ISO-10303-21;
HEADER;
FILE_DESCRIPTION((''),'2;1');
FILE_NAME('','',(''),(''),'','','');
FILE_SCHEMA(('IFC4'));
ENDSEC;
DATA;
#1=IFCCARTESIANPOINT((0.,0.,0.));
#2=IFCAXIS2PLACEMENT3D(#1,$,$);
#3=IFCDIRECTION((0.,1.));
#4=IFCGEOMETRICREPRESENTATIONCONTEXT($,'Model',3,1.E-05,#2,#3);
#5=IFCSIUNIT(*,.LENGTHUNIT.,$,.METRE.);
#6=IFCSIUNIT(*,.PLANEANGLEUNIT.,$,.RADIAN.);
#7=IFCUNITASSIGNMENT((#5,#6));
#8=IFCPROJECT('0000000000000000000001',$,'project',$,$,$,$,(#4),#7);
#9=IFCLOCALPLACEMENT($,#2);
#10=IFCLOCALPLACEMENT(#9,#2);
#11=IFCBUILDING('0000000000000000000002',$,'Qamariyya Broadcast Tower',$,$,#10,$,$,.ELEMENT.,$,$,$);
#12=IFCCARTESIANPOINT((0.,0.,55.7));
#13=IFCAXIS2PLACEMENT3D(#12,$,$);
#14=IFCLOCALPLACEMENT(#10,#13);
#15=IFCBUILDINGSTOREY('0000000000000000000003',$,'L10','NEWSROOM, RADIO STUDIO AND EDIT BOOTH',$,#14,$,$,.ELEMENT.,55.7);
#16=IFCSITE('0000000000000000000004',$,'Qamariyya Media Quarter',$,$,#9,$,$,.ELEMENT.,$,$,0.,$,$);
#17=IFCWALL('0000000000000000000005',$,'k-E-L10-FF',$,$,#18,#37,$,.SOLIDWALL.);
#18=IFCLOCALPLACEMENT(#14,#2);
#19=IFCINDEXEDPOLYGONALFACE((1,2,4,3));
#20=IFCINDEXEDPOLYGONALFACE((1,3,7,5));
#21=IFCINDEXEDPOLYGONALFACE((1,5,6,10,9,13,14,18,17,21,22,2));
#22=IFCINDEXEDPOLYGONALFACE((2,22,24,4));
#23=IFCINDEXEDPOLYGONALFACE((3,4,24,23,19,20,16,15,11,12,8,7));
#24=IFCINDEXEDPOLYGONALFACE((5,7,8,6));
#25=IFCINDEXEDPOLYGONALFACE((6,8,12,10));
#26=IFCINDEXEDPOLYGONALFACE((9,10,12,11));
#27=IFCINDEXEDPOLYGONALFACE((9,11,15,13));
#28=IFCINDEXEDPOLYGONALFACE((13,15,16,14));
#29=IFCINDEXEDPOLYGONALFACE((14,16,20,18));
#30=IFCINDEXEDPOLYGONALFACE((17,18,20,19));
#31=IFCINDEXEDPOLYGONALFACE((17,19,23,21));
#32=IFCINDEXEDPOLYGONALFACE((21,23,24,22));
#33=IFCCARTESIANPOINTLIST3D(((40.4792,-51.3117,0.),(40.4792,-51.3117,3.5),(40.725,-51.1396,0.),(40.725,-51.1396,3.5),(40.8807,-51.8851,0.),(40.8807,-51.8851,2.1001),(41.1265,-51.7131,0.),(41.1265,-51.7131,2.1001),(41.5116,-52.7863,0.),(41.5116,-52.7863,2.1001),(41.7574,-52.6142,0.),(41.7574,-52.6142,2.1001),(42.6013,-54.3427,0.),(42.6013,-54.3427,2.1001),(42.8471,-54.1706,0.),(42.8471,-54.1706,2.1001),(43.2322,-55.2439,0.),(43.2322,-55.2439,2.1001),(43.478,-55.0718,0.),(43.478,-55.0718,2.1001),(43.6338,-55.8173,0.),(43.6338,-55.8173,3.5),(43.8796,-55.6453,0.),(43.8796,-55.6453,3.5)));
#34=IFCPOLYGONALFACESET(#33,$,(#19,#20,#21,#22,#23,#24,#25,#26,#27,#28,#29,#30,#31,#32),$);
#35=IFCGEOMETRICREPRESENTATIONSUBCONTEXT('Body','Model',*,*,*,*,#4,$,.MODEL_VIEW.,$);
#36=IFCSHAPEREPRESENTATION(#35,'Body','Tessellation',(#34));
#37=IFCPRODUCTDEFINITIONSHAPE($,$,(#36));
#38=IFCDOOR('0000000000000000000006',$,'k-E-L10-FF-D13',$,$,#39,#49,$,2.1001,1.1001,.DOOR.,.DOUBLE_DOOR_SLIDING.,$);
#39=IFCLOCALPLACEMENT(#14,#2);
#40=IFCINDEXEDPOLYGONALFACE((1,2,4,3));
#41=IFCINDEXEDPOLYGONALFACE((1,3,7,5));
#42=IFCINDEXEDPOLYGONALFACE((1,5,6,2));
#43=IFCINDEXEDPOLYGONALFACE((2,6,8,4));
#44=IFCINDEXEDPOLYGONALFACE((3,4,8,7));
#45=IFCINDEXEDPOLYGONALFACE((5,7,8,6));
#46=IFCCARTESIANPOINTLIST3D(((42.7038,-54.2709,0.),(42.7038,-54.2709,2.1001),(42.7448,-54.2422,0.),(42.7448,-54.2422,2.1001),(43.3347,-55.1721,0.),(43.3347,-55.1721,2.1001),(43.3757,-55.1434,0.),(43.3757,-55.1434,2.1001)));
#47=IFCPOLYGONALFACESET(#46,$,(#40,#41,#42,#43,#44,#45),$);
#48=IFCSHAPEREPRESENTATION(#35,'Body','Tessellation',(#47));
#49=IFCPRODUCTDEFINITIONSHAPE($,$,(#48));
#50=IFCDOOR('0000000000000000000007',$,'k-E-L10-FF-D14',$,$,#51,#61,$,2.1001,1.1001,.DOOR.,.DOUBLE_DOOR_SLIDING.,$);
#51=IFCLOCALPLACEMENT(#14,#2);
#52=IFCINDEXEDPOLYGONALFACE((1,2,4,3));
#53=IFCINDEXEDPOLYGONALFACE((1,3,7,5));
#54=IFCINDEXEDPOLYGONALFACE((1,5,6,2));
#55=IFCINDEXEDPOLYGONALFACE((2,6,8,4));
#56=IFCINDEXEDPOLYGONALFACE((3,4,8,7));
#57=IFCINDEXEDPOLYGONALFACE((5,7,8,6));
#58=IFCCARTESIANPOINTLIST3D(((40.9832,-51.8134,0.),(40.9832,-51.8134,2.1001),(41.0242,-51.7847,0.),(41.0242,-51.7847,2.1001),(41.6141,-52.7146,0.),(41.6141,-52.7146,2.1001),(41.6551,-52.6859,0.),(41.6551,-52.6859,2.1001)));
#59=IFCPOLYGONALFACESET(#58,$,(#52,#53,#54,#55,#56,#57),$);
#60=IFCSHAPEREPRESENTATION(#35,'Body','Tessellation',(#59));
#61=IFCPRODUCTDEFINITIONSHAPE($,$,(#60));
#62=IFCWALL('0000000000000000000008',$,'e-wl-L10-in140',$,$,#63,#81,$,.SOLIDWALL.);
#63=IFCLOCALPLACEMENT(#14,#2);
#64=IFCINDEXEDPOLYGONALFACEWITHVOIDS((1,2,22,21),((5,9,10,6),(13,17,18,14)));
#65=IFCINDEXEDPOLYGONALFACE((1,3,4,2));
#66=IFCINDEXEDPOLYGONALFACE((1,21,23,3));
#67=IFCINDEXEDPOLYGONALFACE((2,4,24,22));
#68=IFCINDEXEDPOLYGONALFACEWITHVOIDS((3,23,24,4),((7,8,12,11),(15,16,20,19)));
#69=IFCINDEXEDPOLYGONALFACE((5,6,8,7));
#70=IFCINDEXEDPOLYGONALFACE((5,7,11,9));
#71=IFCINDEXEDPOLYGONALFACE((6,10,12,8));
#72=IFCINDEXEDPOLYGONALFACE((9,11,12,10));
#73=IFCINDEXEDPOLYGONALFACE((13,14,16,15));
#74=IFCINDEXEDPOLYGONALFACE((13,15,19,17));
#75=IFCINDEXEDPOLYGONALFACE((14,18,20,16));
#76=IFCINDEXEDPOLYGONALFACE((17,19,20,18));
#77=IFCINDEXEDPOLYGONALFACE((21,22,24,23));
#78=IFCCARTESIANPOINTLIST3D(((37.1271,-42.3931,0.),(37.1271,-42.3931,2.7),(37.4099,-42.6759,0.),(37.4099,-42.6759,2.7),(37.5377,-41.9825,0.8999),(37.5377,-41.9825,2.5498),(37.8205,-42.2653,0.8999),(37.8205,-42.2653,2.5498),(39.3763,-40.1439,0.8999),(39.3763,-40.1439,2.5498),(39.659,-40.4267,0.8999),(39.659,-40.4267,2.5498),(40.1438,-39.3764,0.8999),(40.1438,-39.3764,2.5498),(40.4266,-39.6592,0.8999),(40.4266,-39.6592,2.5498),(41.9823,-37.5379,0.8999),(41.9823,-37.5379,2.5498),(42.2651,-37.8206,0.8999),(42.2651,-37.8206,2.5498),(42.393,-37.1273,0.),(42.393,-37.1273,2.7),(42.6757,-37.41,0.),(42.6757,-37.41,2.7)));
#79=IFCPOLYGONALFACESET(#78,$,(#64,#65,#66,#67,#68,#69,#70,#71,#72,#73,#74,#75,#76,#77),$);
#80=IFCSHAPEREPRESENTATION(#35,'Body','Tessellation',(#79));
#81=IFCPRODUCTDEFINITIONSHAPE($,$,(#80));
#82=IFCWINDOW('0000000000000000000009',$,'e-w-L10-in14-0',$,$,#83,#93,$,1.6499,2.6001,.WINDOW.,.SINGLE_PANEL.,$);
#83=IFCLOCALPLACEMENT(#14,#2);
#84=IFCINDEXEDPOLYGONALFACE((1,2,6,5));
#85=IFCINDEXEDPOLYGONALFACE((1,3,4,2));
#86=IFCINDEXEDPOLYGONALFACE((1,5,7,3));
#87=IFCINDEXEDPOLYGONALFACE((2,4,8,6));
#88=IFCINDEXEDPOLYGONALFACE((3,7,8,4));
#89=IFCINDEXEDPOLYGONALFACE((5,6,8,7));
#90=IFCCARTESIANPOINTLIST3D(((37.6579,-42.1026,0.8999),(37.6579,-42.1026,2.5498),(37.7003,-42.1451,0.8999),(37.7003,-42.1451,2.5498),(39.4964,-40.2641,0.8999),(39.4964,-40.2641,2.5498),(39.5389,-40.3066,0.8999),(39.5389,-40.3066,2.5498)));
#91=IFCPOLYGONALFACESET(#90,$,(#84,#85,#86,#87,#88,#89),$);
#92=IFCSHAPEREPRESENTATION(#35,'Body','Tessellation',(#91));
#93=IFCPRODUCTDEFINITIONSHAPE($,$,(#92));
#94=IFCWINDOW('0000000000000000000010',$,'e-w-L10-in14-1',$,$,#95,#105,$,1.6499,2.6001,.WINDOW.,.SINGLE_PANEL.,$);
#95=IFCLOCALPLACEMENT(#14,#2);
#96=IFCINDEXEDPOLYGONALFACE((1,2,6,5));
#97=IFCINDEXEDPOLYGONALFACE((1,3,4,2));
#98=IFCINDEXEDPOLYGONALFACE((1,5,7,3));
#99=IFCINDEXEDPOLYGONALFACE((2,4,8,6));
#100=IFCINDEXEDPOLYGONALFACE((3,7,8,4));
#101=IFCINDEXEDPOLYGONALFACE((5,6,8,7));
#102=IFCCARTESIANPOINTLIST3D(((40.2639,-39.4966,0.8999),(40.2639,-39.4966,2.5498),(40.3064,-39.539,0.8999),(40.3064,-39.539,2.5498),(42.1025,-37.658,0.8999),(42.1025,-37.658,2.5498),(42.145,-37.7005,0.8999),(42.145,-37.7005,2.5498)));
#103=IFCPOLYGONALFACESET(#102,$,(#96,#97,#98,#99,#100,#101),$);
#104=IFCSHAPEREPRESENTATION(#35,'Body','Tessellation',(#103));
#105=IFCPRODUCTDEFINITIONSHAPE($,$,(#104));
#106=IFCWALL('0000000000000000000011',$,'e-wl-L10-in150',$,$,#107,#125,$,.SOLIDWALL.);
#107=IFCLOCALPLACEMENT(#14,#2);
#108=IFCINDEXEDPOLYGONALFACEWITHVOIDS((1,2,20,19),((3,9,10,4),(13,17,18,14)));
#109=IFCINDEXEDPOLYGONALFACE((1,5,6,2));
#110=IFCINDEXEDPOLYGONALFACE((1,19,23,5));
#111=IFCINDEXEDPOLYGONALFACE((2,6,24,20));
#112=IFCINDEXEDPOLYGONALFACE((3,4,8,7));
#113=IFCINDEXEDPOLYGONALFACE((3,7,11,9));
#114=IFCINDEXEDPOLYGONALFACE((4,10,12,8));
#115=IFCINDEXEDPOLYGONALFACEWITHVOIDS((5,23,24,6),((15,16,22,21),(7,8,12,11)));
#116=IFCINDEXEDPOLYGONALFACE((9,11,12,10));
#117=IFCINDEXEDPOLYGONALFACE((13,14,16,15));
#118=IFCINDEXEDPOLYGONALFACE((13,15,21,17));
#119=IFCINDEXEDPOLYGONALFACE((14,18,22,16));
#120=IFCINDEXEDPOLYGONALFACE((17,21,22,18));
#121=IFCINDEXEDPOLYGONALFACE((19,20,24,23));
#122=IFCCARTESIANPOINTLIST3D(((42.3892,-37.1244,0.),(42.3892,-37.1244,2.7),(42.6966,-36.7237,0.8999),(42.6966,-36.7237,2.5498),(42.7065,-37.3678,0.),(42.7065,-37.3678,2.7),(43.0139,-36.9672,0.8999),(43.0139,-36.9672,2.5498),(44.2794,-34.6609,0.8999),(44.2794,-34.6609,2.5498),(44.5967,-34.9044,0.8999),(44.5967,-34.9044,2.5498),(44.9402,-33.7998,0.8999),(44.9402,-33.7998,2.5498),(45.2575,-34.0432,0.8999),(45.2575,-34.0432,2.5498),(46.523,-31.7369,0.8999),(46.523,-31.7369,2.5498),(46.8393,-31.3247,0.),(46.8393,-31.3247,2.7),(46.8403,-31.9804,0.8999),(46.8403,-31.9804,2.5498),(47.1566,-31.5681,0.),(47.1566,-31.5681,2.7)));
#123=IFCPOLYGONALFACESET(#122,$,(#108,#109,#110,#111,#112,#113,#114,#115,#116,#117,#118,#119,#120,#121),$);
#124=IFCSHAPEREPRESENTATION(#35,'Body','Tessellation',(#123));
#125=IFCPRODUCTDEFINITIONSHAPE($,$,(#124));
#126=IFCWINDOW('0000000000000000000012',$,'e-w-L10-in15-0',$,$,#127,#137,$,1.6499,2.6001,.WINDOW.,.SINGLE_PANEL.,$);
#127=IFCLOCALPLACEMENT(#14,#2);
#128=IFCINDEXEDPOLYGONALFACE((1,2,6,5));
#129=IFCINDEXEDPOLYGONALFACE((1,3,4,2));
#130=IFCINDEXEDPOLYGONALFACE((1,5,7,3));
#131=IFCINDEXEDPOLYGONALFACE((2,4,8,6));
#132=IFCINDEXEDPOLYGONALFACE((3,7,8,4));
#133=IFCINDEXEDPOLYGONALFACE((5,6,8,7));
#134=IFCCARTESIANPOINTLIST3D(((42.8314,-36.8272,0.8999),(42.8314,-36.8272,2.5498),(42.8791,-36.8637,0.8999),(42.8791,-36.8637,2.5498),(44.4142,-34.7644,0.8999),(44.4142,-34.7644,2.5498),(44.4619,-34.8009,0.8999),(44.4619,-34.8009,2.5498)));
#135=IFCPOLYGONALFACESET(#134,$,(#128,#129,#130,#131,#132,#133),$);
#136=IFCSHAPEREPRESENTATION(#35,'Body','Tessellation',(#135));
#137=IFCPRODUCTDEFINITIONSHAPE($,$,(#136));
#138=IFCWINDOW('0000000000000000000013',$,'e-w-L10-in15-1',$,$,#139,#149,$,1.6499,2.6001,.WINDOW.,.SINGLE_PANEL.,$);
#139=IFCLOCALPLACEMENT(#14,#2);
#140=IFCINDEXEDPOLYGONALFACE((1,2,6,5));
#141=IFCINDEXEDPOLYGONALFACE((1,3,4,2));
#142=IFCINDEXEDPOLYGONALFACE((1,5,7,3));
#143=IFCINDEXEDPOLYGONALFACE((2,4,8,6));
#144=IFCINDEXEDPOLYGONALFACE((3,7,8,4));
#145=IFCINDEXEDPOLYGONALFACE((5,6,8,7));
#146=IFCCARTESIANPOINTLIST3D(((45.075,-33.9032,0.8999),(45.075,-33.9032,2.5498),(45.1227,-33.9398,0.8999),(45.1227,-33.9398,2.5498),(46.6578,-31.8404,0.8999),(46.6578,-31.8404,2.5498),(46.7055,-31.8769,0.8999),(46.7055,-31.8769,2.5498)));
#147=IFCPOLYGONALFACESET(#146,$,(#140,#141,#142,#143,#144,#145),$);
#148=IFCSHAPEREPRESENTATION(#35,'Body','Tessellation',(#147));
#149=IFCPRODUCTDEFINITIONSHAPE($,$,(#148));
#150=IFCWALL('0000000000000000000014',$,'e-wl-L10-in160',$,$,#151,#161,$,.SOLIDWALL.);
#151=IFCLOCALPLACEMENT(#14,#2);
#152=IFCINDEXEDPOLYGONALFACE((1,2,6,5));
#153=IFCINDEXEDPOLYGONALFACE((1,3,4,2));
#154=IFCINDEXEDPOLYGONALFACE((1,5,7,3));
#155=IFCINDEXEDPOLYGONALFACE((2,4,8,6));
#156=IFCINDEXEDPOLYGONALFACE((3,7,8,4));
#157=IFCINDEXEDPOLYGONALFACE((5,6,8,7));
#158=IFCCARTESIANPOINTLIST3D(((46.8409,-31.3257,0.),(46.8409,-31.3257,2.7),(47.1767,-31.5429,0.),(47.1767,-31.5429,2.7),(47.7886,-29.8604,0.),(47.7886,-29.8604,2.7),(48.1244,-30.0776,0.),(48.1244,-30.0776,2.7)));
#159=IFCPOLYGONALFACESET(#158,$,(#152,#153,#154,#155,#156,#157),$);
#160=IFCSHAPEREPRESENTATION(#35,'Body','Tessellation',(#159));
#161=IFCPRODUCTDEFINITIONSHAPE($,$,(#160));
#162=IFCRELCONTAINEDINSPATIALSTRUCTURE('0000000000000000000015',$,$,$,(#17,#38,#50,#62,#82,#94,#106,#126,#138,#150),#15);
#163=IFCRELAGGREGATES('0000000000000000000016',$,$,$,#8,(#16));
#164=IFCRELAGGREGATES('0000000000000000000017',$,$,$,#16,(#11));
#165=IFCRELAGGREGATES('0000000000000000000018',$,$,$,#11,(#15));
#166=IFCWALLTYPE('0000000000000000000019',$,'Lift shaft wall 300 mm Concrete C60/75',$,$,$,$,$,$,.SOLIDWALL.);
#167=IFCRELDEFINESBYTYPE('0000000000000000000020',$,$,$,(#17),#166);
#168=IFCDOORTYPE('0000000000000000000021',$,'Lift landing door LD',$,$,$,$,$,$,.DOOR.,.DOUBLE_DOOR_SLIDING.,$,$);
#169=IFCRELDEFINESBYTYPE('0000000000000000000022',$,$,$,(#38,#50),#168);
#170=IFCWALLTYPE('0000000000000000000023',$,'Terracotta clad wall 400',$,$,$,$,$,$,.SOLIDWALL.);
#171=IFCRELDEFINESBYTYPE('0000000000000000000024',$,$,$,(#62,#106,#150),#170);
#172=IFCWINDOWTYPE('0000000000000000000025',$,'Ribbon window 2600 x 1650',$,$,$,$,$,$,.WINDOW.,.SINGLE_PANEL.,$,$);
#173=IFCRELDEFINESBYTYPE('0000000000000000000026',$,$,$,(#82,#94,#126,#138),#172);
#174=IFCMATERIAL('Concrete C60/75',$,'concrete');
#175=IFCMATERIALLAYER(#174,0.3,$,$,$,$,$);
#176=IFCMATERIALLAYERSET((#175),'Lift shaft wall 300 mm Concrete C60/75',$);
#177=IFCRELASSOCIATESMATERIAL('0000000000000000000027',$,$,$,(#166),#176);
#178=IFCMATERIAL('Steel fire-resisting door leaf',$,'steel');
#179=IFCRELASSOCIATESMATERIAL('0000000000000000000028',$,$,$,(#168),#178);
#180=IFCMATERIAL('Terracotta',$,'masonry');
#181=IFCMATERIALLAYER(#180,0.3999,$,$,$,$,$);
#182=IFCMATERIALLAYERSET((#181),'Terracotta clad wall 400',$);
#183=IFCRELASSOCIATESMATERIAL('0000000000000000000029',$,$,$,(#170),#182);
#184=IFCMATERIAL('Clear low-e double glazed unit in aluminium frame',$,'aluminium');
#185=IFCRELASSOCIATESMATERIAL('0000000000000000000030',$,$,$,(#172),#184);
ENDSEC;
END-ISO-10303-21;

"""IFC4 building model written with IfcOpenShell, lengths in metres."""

from ifc_helpers import new_model, si_unit, direction, frame, frame_2d, origin, place, context, subcontext, project, spatial, rectangle, extrude, material, layer, layer_set, type_object, element, fill, save


model = new_model("IFC4")

# Units and contexts
model_context = context("Model", 3, precision=1e-05, world=origin(), true_north=direction((0.0, 1.0)))
body_context = subcontext(model_context, "Body", "Model", "MODEL_VIEW")
ifc_project = project(units=[si_unit("LENGTHUNIT", "METRE"), si_unit("PLANEANGLEUNIT", "RADIAN")], contexts=[model_context])

# Site, building, storey
site_placement = place(None, origin())
site = spatial("IfcSite", under=ifc_project, at=site_placement, Name="Qamariyya Media Quarter", CompositionType="ELEMENT", RefElevation=0.0)
building_placement = place(site_placement, origin())
building = spatial("IfcBuilding", under=site, at=building_placement, Name="Qamariyya Broadcast Tower", CompositionType="ELEMENT")
storey_placement = place(building_placement, frame((0.0, 0.0, 55.7)))
storey = spatial("IfcBuildingStorey", under=building, at=storey_placement, Name="L10", Description="NEWSROOM, RADIO STUDIO AND EDIT BOOTH", CompositionType="ELEMENT", Elevation=55.7)

# Shared definitions
ifc_material_1 = material(Name="Concrete C60/75", Category="concrete")

# Wall, openings, doors
ifc_layer_1 = layer(ifc_material_1, 0.3)
ifc_layer_set_1 = layer_set([ifc_layer_1], Name="Lift shaft wall 300 mm Concrete C60/75")
wall_type_1 = type_object("IfcWallType", Name="Lift shaft wall 300 mm Concrete C60/75", PredefinedType="SOLIDWALL", material=ifc_layer_set_1)
wall_1_placement = place(storey_placement, frame((43.7566, -55.7312, 0.0), z_axis=(0.0, 0.0, 1.0), x_axis=(-0.573537, 0.81918, 0.0)))
wall_1 = element("IfcWall", 1, at=wall_1_placement, inside=storey, type_object=wall_type_1, Name="k-E-L10-FF", PredefinedType="SOLIDWALL", context=body_context, shape_type="SweptSolid", body=[
    extrude(rectangle(XDim=5.5002, YDim=0.3, at=frame_2d((2.75, 0.0))), origin(), (0.0, 0.0, 1.0), 3.5),
])
opening_1_placement = place(wall_1_placement, frame((0.7, 0.0, 0.0)))
opening_1 = element("IfcOpeningElement", 2, at=opening_1_placement, cuts=wall_1, PredefinedType="OPENING", context=body_context, shape_type="SweptSolid", body=[
    extrude(rectangle(XDim=1.1001, YDim=2.1001, at=frame_2d((0.55, 1.05))), frame((0.0, 0.1599, 0.0), z_axis=(0.0, -1.0, 0.0), x_axis=(1.0, 0.0, 0.0)), (0.0, 0.0, 1.0), 0.3201),
])
opening_2_placement = place(wall_1_placement, frame((3.7, 0.0, 0.0)))
opening_2 = element("IfcOpeningElement", 3, at=opening_2_placement, cuts=wall_1, PredefinedType="OPENING", context=body_context, shape_type="SweptSolid", body=[
    extrude(rectangle(XDim=1.1001, YDim=2.1001, at=frame_2d((0.55, 1.05))), frame((0.0, 0.1599, 0.0), z_axis=(0.0, -1.0, 0.0), x_axis=(1.0, 0.0, 0.0)), (0.0, 0.0, 1.0), 0.3201),
])
ifc_material_2 = material(Name="Steel fire-resisting door leaf", Category="steel")
door_type_1 = type_object("IfcDoorType", Name="Lift landing door LD", OperationType="DOUBLE_DOOR_SLIDING", PredefinedType="DOOR", material=ifc_material_2)
door_1_placement = place(opening_1_placement, origin())
door_1 = element("IfcDoor", 4, at=door_1_placement, inside=storey, type_object=door_type_1, Name="k-E-L10-FF-D13", OperationType="DOUBLE_DOOR_SLIDING", OverallHeight=2.1001, OverallWidth=1.1001, PredefinedType="DOOR", context=body_context, shape_type="SweptSolid", body=[
    extrude(rectangle(XDim=1.1001, YDim=2.1001, at=frame_2d((0.55, 1.05))), frame((0.0, 0.0249, 0.0), z_axis=(0.0, -1.0, 0.0), x_axis=(1.0, 0.0, 0.0)), (0.0, 0.0, 1.0), 0.05),
])
fill(opening_1, door_1)
door_2_placement = place(opening_2_placement, origin())
door_2 = element("IfcDoor", 5, at=door_2_placement, inside=storey, type_object=door_type_1, Name="k-E-L10-FF-D14", OperationType="DOUBLE_DOOR_SLIDING", OverallHeight=2.1001, OverallWidth=1.1001, PredefinedType="DOOR", context=body_context, shape_type="SweptSolid", body=[
    extrude(rectangle(XDim=1.1001, YDim=2.1001, at=frame_2d((0.55, 1.05))), frame((0.0, 0.0249, 0.0), z_axis=(0.0, -1.0, 0.0), x_axis=(1.0, 0.0, 0.0)), (0.0, 0.0, 1.0), 0.05),
])
fill(opening_2, door_2)

# Walls, openings, windows
ifc_material_3 = material(Name="Terracotta", Category="masonry")
ifc_layer_2 = layer(ifc_material_3, 0.3999)
ifc_layer_set_2 = layer_set([ifc_layer_2], Name="Terracotta clad wall 400")
wall_type_2 = type_object("IfcWallType", Name="Terracotta clad wall 400", PredefinedType="SOLIDWALL", material=ifc_layer_set_2)
wall_2_placement = place(storey_placement, frame((42.5344, -37.2686, 0.0), z_axis=(0.0, 0.0, 1.0), x_axis=(-0.707107, -0.707107, 0.0)))
wall_2 = element("IfcWall", 6, at=wall_2_placement, inside=storey, type_object=wall_type_2, Name="e-wl-L10-in140", PredefinedType="SOLIDWALL", context=body_context, shape_type="SweptSolid", body=[
    extrude(rectangle(XDim=7.447, YDim=0.3999, at=frame_2d((3.7236, 0.0))), origin(), (0.0, 0.0, 1.0), 2.7),
])
opening_3_placement = place(wall_2_placement, frame((4.2664, 0.0, 0.8999)))
opening_3 = element("IfcOpeningElement", 7, at=opening_3_placement, cuts=wall_2, PredefinedType="OPENING", context=body_context, shape_type="SweptSolid", body=[
    extrude(rectangle(XDim=2.6001, YDim=1.6499, at=frame_2d((1.3, 0.825))), frame((0.0, 0.21, 0.0), z_axis=(0.0, -1.0, 0.0), x_axis=(1.0, 0.0, 0.0)), (0.0, 0.0, 1.0), 0.4199),
])
opening_4_placement = place(wall_2_placement, frame((0.5808, 0.0, 0.8999)))
opening_4 = element("IfcOpeningElement", 8, at=opening_4_placement, cuts=wall_2, PredefinedType="OPENING", context=body_context, shape_type="SweptSolid", body=[
    extrude(rectangle(XDim=2.6001, YDim=1.6499, at=frame_2d((1.3, 0.825))), frame((0.0, 0.21, 0.0), z_axis=(0.0, -1.0, 0.0), x_axis=(1.0, 0.0, 0.0)), (0.0, 0.0, 1.0), 0.4199),
])
ifc_material_4 = material(Name="Clear low-e double glazed unit in aluminium frame", Category="aluminium")
window_type = type_object("IfcWindowType", Name="Ribbon window 2600 x 1650", PartitioningType="SINGLE_PANEL", PredefinedType="WINDOW", material=ifc_material_4)
window_1_placement = place(opening_3_placement, origin())
window_1 = element("IfcWindow", 9, at=window_1_placement, inside=storey, type_object=window_type, Name="e-w-L10-in14-0", OverallHeight=1.6499, OverallWidth=2.6001, PartitioningType="SINGLE_PANEL", PredefinedType="WINDOW", context=body_context, shape_type="SweptSolid", body=[
    extrude(rectangle(XDim=2.6001, YDim=1.6499, at=frame_2d((1.3, 0.825))), frame((0.0, 0.03, 0.0), z_axis=(0.0, -1.0, 0.0), x_axis=(1.0, 0.0, 0.0)), (0.0, 0.0, 1.0), 0.0601),
])
fill(opening_3, window_1)
window_2_placement = place(opening_4_placement, origin())
window_2 = element("IfcWindow", 10, at=window_2_placement, inside=storey, type_object=window_type, Name="e-w-L10-in14-1", OverallHeight=1.6499, OverallWidth=2.6001, PartitioningType="SINGLE_PANEL", PredefinedType="WINDOW", context=body_context, shape_type="SweptSolid", body=[
    extrude(rectangle(XDim=2.6001, YDim=1.6499, at=frame_2d((1.3, 0.825))), frame((0.0, 0.03, 0.0), z_axis=(0.0, -1.0, 0.0), x_axis=(1.0, 0.0, 0.0)), (0.0, 0.0, 1.0), 0.0601),
])
fill(opening_4, window_2)
wall_3_placement = place(storey_placement, frame((46.998, -31.4463, 0.0), z_axis=(0.0, 0.0, 1.0), x_axis=(-0.608748, -0.793363, 0.0)))
wall_3 = element("IfcWall", 11, at=wall_3_placement, inside=storey, type_object=wall_type_2, Name="e-wl-L10-in150", PredefinedType="SOLIDWALL", context=body_context, shape_type="SweptSolid", body=[
    extrude(rectangle(XDim=7.3103, YDim=0.3999, at=frame_2d((3.6553, 0.0))), origin(), (0.0, 0.0, 1.0), 2.7),
])
opening_5_placement = place(wall_3_placement, frame((4.2053, 0.0, 0.8999)))
opening_5 = element("IfcOpeningElement", 12, at=opening_5_placement, cuts=wall_3, PredefinedType="OPENING", context=body_context, shape_type="SweptSolid", body=[
    extrude(rectangle(XDim=2.6001, YDim=1.6499, at=frame_2d((1.3, 0.825))), frame((0.0, 0.21, 0.0), z_axis=(0.0, -1.0, 0.0), x_axis=(1.0, 0.0, 0.0)), (0.0, 0.0, 1.0), 0.4199),
])
opening_6_placement = place(wall_3_placement, frame((0.5198, 0.0, 0.8999)))
opening_6 = element("IfcOpeningElement", 13, at=opening_6_placement, cuts=wall_3, PredefinedType="OPENING", context=body_context, shape_type="SweptSolid", body=[
    extrude(rectangle(XDim=2.6001, YDim=1.6499, at=frame_2d((1.3, 0.825))), frame((0.0, 0.21, 0.0), z_axis=(0.0, -1.0, 0.0), x_axis=(1.0, 0.0, 0.0)), (0.0, 0.0, 1.0), 0.4199),
])
window_3_placement = place(opening_5_placement, origin())
window_3 = element("IfcWindow", 14, at=window_3_placement, inside=storey, type_object=window_type, Name="e-w-L10-in15-0", OverallHeight=1.6499, OverallWidth=2.6001, PartitioningType="SINGLE_PANEL", PredefinedType="WINDOW", context=body_context, shape_type="SweptSolid", body=[
    extrude(rectangle(XDim=2.6001, YDim=1.6499, at=frame_2d((1.3, 0.825))), frame((0.0, 0.03, 0.0), z_axis=(0.0, -1.0, 0.0), x_axis=(1.0, 0.0, 0.0)), (0.0, 0.0, 1.0), 0.0601),
])
fill(opening_5, window_3)
window_4_placement = place(opening_6_placement, origin())
window_4 = element("IfcWindow", 15, at=window_4_placement, inside=storey, type_object=window_type, Name="e-w-L10-in15-1", OverallHeight=1.6499, OverallWidth=2.6001, PartitioningType="SINGLE_PANEL", PredefinedType="WINDOW", context=body_context, shape_type="SweptSolid", body=[
    extrude(rectangle(XDim=2.6001, YDim=1.6499, at=frame_2d((1.3, 0.825))), frame((0.0, 0.03, 0.0), z_axis=(0.0, -1.0, 0.0), x_axis=(1.0, 0.0, 0.0)), (0.0, 0.0, 1.0), 0.0601),
])
fill(opening_6, window_4)

# Wall
wall_4_placement = place(storey_placement, frame((47.9565, -29.969, 0.0), z_axis=(0.0, 0.0, 1.0), x_axis=(-0.543089, -0.839675, 0.0)))
element("IfcWall", 16, at=wall_4_placement, inside=storey, type_object=wall_type_2, Name="e-wl-L10-in160", PredefinedType="SOLIDWALL", context=body_context, shape_type="SweptSolid", body=[
    extrude(rectangle(XDim=1.7451, YDim=0.3999, at=frame_2d((0.8726, 0.0))), origin(), (0.0, 0.0, 1.0), 2.7),
])

save(model, "model.ifc")
